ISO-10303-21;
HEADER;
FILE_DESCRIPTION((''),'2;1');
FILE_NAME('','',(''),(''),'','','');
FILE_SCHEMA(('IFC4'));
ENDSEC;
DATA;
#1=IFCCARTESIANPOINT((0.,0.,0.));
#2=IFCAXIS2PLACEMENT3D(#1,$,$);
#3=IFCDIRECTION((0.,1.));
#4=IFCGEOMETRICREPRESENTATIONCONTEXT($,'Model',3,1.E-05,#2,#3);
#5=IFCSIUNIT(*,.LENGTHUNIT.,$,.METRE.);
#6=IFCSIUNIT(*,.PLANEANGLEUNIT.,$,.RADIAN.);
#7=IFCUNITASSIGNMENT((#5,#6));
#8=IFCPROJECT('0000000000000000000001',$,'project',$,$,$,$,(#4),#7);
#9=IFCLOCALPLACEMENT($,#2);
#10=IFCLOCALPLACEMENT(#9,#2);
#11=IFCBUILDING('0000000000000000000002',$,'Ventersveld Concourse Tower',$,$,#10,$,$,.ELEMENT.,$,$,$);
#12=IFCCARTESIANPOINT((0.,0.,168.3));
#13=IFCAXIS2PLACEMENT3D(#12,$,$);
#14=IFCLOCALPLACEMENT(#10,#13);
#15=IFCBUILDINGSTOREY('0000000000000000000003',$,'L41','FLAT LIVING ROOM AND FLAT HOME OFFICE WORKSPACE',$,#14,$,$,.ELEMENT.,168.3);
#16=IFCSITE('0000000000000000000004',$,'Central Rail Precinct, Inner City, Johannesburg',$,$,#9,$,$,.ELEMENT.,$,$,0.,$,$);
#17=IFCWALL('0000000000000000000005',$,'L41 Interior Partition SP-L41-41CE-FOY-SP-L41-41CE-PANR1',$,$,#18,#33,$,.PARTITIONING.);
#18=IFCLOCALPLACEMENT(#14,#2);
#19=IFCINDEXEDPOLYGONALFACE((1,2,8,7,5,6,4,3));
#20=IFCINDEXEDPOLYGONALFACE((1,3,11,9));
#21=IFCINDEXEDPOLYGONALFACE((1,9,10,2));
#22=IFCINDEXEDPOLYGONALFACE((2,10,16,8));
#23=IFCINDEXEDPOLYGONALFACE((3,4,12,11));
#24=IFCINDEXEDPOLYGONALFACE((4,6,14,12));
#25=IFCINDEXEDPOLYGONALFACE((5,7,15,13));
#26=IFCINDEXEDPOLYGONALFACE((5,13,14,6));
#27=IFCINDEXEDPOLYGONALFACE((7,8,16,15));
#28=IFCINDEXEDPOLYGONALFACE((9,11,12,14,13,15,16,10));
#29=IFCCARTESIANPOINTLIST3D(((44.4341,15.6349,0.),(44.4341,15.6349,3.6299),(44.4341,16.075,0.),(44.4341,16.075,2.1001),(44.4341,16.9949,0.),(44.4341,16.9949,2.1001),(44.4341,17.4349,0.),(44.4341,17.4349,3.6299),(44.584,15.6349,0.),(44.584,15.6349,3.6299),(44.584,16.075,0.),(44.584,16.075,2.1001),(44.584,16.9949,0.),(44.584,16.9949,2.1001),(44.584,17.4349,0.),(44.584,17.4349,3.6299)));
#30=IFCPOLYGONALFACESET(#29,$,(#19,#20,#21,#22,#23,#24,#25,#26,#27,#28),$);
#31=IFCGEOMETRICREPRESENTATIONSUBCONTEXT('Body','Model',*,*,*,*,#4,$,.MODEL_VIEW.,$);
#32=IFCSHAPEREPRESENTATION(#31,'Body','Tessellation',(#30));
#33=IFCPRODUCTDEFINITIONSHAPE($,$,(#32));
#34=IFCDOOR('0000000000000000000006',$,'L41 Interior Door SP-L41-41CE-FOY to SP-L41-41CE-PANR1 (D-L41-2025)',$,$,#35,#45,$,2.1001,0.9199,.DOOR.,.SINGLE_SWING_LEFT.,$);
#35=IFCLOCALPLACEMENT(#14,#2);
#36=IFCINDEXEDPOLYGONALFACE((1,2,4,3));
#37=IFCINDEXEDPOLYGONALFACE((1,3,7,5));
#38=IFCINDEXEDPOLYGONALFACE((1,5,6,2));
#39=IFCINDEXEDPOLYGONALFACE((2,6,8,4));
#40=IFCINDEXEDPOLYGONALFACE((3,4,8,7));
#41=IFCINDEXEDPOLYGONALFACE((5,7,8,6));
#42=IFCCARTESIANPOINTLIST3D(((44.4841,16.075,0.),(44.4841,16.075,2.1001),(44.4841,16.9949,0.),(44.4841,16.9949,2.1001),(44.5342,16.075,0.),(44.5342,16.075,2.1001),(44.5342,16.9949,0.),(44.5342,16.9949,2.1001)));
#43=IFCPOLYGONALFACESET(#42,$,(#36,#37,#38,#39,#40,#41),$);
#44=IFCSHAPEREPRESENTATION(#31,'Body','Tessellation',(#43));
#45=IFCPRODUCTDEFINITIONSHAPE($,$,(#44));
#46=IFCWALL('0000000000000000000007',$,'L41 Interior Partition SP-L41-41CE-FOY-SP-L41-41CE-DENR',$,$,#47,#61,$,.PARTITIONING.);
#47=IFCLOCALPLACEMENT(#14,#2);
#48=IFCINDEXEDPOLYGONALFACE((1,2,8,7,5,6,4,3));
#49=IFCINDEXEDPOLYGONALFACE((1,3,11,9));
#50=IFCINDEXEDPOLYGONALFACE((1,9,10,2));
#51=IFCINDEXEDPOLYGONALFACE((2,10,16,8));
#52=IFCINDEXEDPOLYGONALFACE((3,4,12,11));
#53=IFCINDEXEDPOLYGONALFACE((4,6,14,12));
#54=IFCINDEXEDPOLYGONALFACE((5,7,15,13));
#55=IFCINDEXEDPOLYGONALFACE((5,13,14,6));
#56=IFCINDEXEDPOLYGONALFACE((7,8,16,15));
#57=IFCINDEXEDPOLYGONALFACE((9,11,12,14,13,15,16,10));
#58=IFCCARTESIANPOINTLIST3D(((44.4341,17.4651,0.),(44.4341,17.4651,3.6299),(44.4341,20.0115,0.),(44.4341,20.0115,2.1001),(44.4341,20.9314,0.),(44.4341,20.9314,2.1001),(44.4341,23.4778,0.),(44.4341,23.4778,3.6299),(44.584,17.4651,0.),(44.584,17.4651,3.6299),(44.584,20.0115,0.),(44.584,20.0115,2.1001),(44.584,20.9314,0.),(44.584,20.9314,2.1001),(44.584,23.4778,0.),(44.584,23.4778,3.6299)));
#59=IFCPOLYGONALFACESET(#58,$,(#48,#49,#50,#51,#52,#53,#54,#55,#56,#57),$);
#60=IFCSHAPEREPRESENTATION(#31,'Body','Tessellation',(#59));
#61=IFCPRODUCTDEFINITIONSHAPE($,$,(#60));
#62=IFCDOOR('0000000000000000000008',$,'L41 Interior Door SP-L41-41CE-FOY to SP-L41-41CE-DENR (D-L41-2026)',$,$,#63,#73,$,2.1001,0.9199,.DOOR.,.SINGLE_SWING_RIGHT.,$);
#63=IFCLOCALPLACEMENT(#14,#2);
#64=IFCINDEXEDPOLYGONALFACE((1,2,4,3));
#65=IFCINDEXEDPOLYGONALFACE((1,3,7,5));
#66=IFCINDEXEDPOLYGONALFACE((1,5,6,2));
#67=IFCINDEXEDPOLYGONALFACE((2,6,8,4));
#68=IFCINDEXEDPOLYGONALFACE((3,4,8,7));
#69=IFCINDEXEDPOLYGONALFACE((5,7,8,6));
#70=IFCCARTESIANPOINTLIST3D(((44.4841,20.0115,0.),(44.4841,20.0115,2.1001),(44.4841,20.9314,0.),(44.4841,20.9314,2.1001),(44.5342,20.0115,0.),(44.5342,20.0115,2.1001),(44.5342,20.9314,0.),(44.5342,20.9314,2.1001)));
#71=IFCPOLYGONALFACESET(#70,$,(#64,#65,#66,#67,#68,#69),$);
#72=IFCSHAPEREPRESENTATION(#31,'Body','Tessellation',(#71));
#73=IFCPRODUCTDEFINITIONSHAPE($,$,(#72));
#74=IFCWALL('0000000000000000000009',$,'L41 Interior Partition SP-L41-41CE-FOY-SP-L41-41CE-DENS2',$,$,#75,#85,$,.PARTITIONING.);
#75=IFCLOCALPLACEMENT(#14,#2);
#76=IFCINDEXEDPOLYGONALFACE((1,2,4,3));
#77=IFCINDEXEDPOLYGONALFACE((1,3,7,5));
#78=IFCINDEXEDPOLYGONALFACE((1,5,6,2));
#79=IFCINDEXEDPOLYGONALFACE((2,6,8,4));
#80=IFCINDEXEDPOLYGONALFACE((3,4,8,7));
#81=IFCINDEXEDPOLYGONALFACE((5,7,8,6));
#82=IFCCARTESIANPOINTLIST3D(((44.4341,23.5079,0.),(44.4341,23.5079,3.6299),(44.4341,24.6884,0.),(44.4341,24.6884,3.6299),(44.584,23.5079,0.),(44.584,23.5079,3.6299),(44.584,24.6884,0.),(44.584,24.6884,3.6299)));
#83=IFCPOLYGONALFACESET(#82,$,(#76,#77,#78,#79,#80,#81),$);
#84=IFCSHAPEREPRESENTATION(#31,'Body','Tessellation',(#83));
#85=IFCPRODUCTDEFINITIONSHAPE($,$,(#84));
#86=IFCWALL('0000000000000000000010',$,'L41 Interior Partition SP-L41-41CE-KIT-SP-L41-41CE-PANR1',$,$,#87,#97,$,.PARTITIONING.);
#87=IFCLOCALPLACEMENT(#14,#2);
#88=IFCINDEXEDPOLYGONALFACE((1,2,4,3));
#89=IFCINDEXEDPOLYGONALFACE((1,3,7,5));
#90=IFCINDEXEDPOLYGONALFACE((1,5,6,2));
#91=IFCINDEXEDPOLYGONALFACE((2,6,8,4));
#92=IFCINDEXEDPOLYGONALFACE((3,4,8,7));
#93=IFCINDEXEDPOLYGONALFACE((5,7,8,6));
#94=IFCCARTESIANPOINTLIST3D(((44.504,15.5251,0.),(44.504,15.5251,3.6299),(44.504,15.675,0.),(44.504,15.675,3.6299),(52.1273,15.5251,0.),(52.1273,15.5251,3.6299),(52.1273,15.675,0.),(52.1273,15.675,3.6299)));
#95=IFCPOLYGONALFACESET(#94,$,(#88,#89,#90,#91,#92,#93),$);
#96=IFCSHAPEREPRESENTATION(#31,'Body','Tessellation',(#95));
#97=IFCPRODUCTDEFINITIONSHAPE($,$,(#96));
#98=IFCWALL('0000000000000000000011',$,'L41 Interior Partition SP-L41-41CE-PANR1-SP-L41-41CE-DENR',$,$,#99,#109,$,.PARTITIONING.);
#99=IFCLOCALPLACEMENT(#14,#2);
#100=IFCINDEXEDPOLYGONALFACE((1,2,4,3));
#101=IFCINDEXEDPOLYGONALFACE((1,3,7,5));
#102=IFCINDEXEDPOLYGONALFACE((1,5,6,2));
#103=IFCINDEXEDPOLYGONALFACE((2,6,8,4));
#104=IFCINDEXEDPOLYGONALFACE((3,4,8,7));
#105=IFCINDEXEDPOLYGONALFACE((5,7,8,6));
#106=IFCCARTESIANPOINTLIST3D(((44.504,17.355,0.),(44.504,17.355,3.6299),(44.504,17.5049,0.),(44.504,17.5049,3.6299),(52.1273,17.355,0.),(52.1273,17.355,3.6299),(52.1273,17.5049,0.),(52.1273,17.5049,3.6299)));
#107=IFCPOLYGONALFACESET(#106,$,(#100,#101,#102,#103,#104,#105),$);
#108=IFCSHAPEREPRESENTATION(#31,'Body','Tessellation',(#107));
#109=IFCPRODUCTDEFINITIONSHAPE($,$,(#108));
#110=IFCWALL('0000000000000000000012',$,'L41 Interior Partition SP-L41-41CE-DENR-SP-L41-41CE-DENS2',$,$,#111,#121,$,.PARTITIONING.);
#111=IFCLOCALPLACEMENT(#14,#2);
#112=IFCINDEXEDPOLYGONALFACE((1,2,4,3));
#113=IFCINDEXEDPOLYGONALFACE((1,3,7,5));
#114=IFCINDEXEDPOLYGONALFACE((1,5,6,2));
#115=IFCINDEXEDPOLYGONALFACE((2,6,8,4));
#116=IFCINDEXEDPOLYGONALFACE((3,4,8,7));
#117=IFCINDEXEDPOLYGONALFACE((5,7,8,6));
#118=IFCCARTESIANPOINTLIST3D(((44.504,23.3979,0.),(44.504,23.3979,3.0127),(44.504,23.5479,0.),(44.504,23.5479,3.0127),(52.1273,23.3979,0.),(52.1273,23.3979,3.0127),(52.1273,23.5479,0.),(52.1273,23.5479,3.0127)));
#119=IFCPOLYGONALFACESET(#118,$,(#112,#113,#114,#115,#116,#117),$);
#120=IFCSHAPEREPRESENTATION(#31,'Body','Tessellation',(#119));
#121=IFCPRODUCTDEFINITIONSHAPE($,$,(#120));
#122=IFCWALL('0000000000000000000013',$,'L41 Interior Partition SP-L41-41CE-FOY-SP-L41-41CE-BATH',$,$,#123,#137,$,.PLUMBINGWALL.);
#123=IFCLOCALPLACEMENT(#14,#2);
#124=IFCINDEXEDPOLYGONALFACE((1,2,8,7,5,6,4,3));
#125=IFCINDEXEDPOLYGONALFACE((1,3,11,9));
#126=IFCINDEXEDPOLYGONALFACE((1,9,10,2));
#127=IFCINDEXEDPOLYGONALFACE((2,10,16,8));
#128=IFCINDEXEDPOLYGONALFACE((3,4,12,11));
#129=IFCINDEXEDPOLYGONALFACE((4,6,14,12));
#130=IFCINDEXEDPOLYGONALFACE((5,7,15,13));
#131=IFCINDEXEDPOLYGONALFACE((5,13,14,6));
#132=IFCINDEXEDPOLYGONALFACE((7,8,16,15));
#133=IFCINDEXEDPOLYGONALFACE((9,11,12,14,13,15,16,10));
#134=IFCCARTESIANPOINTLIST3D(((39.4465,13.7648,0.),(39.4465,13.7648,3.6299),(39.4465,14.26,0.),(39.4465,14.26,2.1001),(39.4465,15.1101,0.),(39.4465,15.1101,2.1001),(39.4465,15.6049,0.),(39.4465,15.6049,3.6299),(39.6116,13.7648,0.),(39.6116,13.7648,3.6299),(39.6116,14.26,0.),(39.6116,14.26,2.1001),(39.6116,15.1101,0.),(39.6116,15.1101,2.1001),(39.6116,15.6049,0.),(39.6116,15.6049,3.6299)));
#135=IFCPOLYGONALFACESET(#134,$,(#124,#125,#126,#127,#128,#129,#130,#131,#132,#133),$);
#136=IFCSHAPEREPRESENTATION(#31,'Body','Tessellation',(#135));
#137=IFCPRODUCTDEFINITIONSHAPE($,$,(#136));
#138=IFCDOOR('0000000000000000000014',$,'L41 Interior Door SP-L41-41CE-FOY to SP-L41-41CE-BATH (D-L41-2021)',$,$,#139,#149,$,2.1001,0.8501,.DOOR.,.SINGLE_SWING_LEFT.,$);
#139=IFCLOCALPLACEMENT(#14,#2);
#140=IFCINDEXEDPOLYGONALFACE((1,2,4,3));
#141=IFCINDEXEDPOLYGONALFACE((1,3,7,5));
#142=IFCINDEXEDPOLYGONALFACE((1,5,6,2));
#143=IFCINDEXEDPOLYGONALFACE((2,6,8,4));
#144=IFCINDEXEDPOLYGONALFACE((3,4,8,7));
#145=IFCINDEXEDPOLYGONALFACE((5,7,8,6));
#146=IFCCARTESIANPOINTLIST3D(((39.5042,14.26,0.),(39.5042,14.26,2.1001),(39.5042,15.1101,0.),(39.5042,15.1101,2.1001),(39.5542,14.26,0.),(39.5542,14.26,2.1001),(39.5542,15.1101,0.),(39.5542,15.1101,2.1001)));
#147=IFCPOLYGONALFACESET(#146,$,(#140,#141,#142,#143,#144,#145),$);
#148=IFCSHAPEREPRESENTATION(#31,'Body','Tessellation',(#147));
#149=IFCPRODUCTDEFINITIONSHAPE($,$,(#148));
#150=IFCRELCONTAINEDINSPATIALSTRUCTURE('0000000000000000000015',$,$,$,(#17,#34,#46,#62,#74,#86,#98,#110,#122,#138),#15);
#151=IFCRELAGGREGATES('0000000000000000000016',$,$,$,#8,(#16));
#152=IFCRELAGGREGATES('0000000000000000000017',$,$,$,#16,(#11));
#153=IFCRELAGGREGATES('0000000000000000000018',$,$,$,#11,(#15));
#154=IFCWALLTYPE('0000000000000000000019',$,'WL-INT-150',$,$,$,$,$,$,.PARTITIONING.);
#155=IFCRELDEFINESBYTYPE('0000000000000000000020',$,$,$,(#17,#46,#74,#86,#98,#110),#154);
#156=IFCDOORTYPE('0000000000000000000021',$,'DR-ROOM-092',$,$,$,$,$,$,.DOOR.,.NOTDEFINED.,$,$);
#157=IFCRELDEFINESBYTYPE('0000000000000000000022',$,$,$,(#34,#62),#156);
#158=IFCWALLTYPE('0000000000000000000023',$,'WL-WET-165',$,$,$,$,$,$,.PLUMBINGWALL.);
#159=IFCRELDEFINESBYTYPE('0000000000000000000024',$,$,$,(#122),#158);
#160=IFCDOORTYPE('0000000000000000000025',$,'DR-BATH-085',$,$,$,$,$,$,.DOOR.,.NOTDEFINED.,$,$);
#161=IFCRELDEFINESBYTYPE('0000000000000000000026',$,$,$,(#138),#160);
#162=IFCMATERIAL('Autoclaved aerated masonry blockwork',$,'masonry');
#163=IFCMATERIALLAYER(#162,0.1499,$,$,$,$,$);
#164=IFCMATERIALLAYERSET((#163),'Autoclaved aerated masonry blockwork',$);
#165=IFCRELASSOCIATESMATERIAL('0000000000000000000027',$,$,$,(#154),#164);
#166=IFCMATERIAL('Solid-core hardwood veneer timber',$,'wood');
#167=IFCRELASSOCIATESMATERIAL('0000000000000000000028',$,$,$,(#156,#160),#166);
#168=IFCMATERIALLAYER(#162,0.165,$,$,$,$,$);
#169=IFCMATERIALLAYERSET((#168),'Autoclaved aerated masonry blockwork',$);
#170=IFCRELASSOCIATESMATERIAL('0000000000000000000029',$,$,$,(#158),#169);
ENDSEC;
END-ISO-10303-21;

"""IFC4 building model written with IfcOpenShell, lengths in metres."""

from ifc_helpers import new_model, si_unit, direction, frame, frame_2d, origin, place, context, subcontext, project, spatial, rectangle, extrude, material, layer, layer_set, type_object, element, fill, save


model = new_model("IFC4")

# Units and contexts
model_context = context("Model", 3, precision=1e-05, world=origin(), true_north=direction((0.0, 1.0)))
body_context = subcontext(model_context, "Body", "Model", "MODEL_VIEW")
ifc_project = project(units=[si_unit("LENGTHUNIT", "METRE"), si_unit("PLANEANGLEUNIT", "RADIAN")], contexts=[model_context])

# Site, building, storey
site_placement = place(None, origin())
site = spatial("IfcSite", under=ifc_project, at=site_placement, Name="Central Rail Precinct, Inner City, Johannesburg", CompositionType="ELEMENT", RefElevation=0.0)
building_placement = place(site_placement, origin())
building = spatial("IfcBuilding", under=site, at=building_placement, Name="Ventersveld Concourse Tower", CompositionType="ELEMENT")
storey_placement = place(building_placement, frame((0.0, 0.0, 168.3)))
storey = spatial("IfcBuildingStorey", under=building, at=storey_placement, Name="L41", Description="FLAT LIVING ROOM AND FLAT HOME OFFICE WORKSPACE", CompositionType="ELEMENT", Elevation=168.3)

# Shared definitions
ifc_material_1 = material(Name="Solid-core hardwood veneer timber", Category="wood")

# Walls, openings, doors
ifc_material_2 = material(Name="Autoclaved aerated masonry blockwork", Category="masonry")
ifc_layer_1 = layer(ifc_material_2, 0.1499)
ifc_layer_set_1 = layer_set([ifc_layer_1], Name="Autoclaved aerated masonry blockwork")
wall_type_1 = type_object("IfcWallType", Name="WL-INT-150", PredefinedType="PARTITIONING", material=ifc_layer_set_1)
door_type_1 = type_object("IfcDoorType", Name="DR-ROOM-092", OperationType="NOTDEFINED", PredefinedType="DOOR", material=ifc_material_1)
wall_1_placement = place(storey_placement, frame((44.509, 15.635, 0.0), z_axis=(0.0, 0.0, 1.0), x_axis=(0.0, 1.0, 0.0)))
wall_1 = element("IfcWall", 1, at=wall_1_placement, inside=storey, type_object=wall_type_1, Name="L41 Interior Partition SP-L41-41CE-FOY-SP-L41-41CE-PANR1", PredefinedType="PARTITIONING", context=body_context, shape_type="SweptSolid", body=[
    extrude(rectangle(XDim=1.8, YDim=0.1499, at=frame_2d((0.8999, 0.0))), origin(), (0.0, 0.0, 1.0), 3.6299),
])
opening_1_placement = place(wall_1_placement, frame((0.4399, 0.0, 0.0)))
opening_1 = element("IfcOpeningElement", 2, at=opening_1_placement, cuts=wall_1, PredefinedType="OPENING", context=body_context, shape_type="SweptSolid", body=[
    extrude(rectangle(XDim=0.9199, YDim=2.1001, at=frame_2d((0.46, 1.05))), frame((0.0, 0.085, 0.0), z_axis=(0.0, -1.0, 0.0), x_axis=(1.0, 0.0, 0.0)), (0.0, 0.0, 1.0), 0.1699),
])
door_1_placement = place(opening_1_placement, origin())
door_1 = element("IfcDoor", 3, at=door_1_placement, inside=storey, type_object=door_type_1, Name="L41 Interior Door SP-L41-41CE-FOY to SP-L41-41CE-PANR1 (D-L41-2025)", OperationType="SINGLE_SWING_LEFT", OverallHeight=2.1001, OverallWidth=0.9199, PredefinedType="DOOR", context=body_context, shape_type="SweptSolid", body=[
    extrude(rectangle(XDim=0.9199, YDim=2.1001, at=frame_2d((0.46, 1.05))), frame((0.0, 0.0249, 0.0), z_axis=(0.0, -1.0, 0.0), x_axis=(1.0, 0.0, 0.0)), (0.0, 0.0, 1.0), 0.05),
])
fill(opening_1, door_1)
wall_2_placement = place(storey_placement, frame((44.509, 17.4651, 0.0), z_axis=(0.0, 0.0, 1.0), x_axis=(0.0, 1.0, 0.0)))
wall_2 = element("IfcWall", 4, at=wall_2_placement, inside=storey, type_object=wall_type_1, Name="L41 Interior Partition SP-L41-41CE-FOY-SP-L41-41CE-DENR", PredefinedType="PARTITIONING", context=body_context, shape_type="SweptSolid", body=[
    extrude(rectangle(XDim=6.0127, YDim=0.1499, at=frame_2d((3.0063, 0.0))), origin(), (0.0, 0.0, 1.0), 3.6299),
])
opening_2_placement = place(wall_2_placement, frame((2.5464, 0.0, 0.0)))
opening_2 = element("IfcOpeningElement", 5, at=opening_2_placement, cuts=wall_2, PredefinedType="OPENING", context=body_context, shape_type="SweptSolid", body=[
    extrude(rectangle(XDim=0.9199, YDim=2.1001, at=frame_2d((0.46, 1.05))), frame((0.0, 0.085, 0.0), z_axis=(0.0, -1.0, 0.0), x_axis=(1.0, 0.0, 0.0)), (0.0, 0.0, 1.0), 0.1699),
])
door_2_placement = place(opening_2_placement, origin())
door_2 = element("IfcDoor", 6, at=door_2_placement, inside=storey, type_object=door_type_1, Name="L41 Interior Door SP-L41-41CE-FOY to SP-L41-41CE-DENR (D-L41-2026)", OperationType="SINGLE_SWING_RIGHT", OverallHeight=2.1001, OverallWidth=0.9199, PredefinedType="DOOR", context=body_context, shape_type="SweptSolid", body=[
    extrude(rectangle(XDim=0.9199, YDim=2.1001, at=frame_2d((0.46, 1.05))), frame((0.0, 0.0249, 0.0), z_axis=(0.0, -1.0, 0.0), x_axis=(1.0, 0.0, 0.0)), (0.0, 0.0, 1.0), 0.05),
])
fill(opening_2, door_2)

# Walls
wall_3_placement = place(storey_placement, frame((44.509, 23.5078, 0.0), z_axis=(0.0, 0.0, 1.0), x_axis=(0.0, 1.0, 0.0)))
element("IfcWall", 7, at=wall_3_placement, inside=storey, type_object=wall_type_1, Name="L41 Interior Partition SP-L41-41CE-FOY-SP-L41-41CE-DENS2", PredefinedType="PARTITIONING", context=body_context, shape_type="SweptSolid", body=[
    extrude(rectangle(XDim=1.1804, YDim=0.1499, at=frame_2d((0.5903, 0.0))), origin(), (0.0, 0.0, 1.0), 3.6299),
])
for number, where, z_axis, x_axis, name in (
    (8, (44.5042, 15.6001, 0.0), (0.0, 0.0, 1.0), (1.0, 0.0, 0.0), "L41 Interior Partition SP-L41-41CE-KIT-SP-L41-41CE-PANR1"),
    (9, (44.5042, 17.4299, 0.0), (0.0, 0.0, 1.0), (1.0, 0.0, 0.0), "L41 Interior Partition SP-L41-41CE-PANR1-SP-L41-41CE-DENR"),
):
    element("IfcWall", number, at=place(storey_placement, frame(where, z_axis=z_axis, x_axis=x_axis)), inside=storey, type_object=wall_type_1, Name=name, PredefinedType="PARTITIONING", context=body_context, shape_type="SweptSolid", body=[
        extrude(rectangle(XDim=7.6233, YDim=0.1499, at=frame_2d((3.8115, 0.0))), origin(), (0.0, 0.0, 1.0), 3.6299),
    ])
wall_4_placement = place(storey_placement, frame((44.5042, 23.4729, 0.0), z_axis=(0.0, 0.0, 1.0), x_axis=(1.0, 0.0, 0.0)))
element("IfcWall", 10, at=wall_4_placement, inside=storey, type_object=wall_type_1, Name="L41 Interior Partition SP-L41-41CE-DENR-SP-L41-41CE-DENS2", PredefinedType="PARTITIONING", context=body_context, shape_type="SweptSolid", body=[
    extrude(rectangle(XDim=7.6233, YDim=0.1499, at=frame_2d((3.8115, 0.0))), origin(), (0.0, 0.0, 1.0), 3.0127),
])

# Wall, opening, door
ifc_layer_2 = layer(ifc_material_2, 0.165)
ifc_layer_set_2 = layer_set([ifc_layer_2], Name="Autoclaved aerated masonry blockwork")
wall_type_2 = type_object("IfcWallType", Name="WL-WET-165", PredefinedType="PLUMBINGWALL", material=ifc_layer_set_2)
wall_5_placement = place(storey_placement, frame((39.5291, 13.7649, 0.0), z_axis=(0.0, 0.0, 1.0), x_axis=(0.0, 1.0, 0.0)))
wall_5 = element("IfcWall", 11, at=wall_5_placement, inside=storey, type_object=wall_type_2, Name="L41 Interior Partition SP-L41-41CE-FOY-SP-L41-41CE-BATH", PredefinedType="PLUMBINGWALL", context=body_context, shape_type="SweptSolid", body=[
    extrude(rectangle(XDim=1.8401, YDim=0.165, at=frame_2d((0.9199, 0.0))), origin(), (0.0, 0.0, 1.0), 3.6299),
])
opening_3_placement = place(wall_5_placement, frame((0.4951, 0.0, 0.0)))
opening_3 = element("IfcOpeningElement", 12, at=opening_3_placement, cuts=wall_5, PredefinedType="OPENING", context=body_context, shape_type="SweptSolid", body=[
    extrude(rectangle(XDim=0.8501, YDim=2.1001, at=frame_2d((0.425, 1.05))), frame((0.0, 0.0925, 0.0), z_axis=(0.0, -1.0, 0.0), x_axis=(1.0, 0.0, 0.0)), (0.0, 0.0, 1.0), 0.1851),
])
door_type_2 = type_object("IfcDoorType", Name="DR-BATH-085", OperationType="NOTDEFINED", PredefinedType="DOOR", material=ifc_material_1)
door_3_placement = place(opening_3_placement, origin())
door_3 = element("IfcDoor", 13, at=door_3_placement, inside=storey, type_object=door_type_2, Name="L41 Interior Door SP-L41-41CE-FOY to SP-L41-41CE-BATH (D-L41-2021)", OperationType="SINGLE_SWING_LEFT", OverallHeight=2.1001, OverallWidth=0.8501, PredefinedType="DOOR", context=body_context, shape_type="SweptSolid", body=[
    extrude(rectangle(XDim=0.8501, YDim=2.1001, at=frame_2d((0.425, 1.05))), frame((0.0, 0.0249, 0.0), z_axis=(0.0, -1.0, 0.0), x_axis=(1.0, 0.0, 0.0)), (0.0, 0.0, 1.0), 0.05),
])
fill(opening_3, door_3)

save(model, "model.ifc")
